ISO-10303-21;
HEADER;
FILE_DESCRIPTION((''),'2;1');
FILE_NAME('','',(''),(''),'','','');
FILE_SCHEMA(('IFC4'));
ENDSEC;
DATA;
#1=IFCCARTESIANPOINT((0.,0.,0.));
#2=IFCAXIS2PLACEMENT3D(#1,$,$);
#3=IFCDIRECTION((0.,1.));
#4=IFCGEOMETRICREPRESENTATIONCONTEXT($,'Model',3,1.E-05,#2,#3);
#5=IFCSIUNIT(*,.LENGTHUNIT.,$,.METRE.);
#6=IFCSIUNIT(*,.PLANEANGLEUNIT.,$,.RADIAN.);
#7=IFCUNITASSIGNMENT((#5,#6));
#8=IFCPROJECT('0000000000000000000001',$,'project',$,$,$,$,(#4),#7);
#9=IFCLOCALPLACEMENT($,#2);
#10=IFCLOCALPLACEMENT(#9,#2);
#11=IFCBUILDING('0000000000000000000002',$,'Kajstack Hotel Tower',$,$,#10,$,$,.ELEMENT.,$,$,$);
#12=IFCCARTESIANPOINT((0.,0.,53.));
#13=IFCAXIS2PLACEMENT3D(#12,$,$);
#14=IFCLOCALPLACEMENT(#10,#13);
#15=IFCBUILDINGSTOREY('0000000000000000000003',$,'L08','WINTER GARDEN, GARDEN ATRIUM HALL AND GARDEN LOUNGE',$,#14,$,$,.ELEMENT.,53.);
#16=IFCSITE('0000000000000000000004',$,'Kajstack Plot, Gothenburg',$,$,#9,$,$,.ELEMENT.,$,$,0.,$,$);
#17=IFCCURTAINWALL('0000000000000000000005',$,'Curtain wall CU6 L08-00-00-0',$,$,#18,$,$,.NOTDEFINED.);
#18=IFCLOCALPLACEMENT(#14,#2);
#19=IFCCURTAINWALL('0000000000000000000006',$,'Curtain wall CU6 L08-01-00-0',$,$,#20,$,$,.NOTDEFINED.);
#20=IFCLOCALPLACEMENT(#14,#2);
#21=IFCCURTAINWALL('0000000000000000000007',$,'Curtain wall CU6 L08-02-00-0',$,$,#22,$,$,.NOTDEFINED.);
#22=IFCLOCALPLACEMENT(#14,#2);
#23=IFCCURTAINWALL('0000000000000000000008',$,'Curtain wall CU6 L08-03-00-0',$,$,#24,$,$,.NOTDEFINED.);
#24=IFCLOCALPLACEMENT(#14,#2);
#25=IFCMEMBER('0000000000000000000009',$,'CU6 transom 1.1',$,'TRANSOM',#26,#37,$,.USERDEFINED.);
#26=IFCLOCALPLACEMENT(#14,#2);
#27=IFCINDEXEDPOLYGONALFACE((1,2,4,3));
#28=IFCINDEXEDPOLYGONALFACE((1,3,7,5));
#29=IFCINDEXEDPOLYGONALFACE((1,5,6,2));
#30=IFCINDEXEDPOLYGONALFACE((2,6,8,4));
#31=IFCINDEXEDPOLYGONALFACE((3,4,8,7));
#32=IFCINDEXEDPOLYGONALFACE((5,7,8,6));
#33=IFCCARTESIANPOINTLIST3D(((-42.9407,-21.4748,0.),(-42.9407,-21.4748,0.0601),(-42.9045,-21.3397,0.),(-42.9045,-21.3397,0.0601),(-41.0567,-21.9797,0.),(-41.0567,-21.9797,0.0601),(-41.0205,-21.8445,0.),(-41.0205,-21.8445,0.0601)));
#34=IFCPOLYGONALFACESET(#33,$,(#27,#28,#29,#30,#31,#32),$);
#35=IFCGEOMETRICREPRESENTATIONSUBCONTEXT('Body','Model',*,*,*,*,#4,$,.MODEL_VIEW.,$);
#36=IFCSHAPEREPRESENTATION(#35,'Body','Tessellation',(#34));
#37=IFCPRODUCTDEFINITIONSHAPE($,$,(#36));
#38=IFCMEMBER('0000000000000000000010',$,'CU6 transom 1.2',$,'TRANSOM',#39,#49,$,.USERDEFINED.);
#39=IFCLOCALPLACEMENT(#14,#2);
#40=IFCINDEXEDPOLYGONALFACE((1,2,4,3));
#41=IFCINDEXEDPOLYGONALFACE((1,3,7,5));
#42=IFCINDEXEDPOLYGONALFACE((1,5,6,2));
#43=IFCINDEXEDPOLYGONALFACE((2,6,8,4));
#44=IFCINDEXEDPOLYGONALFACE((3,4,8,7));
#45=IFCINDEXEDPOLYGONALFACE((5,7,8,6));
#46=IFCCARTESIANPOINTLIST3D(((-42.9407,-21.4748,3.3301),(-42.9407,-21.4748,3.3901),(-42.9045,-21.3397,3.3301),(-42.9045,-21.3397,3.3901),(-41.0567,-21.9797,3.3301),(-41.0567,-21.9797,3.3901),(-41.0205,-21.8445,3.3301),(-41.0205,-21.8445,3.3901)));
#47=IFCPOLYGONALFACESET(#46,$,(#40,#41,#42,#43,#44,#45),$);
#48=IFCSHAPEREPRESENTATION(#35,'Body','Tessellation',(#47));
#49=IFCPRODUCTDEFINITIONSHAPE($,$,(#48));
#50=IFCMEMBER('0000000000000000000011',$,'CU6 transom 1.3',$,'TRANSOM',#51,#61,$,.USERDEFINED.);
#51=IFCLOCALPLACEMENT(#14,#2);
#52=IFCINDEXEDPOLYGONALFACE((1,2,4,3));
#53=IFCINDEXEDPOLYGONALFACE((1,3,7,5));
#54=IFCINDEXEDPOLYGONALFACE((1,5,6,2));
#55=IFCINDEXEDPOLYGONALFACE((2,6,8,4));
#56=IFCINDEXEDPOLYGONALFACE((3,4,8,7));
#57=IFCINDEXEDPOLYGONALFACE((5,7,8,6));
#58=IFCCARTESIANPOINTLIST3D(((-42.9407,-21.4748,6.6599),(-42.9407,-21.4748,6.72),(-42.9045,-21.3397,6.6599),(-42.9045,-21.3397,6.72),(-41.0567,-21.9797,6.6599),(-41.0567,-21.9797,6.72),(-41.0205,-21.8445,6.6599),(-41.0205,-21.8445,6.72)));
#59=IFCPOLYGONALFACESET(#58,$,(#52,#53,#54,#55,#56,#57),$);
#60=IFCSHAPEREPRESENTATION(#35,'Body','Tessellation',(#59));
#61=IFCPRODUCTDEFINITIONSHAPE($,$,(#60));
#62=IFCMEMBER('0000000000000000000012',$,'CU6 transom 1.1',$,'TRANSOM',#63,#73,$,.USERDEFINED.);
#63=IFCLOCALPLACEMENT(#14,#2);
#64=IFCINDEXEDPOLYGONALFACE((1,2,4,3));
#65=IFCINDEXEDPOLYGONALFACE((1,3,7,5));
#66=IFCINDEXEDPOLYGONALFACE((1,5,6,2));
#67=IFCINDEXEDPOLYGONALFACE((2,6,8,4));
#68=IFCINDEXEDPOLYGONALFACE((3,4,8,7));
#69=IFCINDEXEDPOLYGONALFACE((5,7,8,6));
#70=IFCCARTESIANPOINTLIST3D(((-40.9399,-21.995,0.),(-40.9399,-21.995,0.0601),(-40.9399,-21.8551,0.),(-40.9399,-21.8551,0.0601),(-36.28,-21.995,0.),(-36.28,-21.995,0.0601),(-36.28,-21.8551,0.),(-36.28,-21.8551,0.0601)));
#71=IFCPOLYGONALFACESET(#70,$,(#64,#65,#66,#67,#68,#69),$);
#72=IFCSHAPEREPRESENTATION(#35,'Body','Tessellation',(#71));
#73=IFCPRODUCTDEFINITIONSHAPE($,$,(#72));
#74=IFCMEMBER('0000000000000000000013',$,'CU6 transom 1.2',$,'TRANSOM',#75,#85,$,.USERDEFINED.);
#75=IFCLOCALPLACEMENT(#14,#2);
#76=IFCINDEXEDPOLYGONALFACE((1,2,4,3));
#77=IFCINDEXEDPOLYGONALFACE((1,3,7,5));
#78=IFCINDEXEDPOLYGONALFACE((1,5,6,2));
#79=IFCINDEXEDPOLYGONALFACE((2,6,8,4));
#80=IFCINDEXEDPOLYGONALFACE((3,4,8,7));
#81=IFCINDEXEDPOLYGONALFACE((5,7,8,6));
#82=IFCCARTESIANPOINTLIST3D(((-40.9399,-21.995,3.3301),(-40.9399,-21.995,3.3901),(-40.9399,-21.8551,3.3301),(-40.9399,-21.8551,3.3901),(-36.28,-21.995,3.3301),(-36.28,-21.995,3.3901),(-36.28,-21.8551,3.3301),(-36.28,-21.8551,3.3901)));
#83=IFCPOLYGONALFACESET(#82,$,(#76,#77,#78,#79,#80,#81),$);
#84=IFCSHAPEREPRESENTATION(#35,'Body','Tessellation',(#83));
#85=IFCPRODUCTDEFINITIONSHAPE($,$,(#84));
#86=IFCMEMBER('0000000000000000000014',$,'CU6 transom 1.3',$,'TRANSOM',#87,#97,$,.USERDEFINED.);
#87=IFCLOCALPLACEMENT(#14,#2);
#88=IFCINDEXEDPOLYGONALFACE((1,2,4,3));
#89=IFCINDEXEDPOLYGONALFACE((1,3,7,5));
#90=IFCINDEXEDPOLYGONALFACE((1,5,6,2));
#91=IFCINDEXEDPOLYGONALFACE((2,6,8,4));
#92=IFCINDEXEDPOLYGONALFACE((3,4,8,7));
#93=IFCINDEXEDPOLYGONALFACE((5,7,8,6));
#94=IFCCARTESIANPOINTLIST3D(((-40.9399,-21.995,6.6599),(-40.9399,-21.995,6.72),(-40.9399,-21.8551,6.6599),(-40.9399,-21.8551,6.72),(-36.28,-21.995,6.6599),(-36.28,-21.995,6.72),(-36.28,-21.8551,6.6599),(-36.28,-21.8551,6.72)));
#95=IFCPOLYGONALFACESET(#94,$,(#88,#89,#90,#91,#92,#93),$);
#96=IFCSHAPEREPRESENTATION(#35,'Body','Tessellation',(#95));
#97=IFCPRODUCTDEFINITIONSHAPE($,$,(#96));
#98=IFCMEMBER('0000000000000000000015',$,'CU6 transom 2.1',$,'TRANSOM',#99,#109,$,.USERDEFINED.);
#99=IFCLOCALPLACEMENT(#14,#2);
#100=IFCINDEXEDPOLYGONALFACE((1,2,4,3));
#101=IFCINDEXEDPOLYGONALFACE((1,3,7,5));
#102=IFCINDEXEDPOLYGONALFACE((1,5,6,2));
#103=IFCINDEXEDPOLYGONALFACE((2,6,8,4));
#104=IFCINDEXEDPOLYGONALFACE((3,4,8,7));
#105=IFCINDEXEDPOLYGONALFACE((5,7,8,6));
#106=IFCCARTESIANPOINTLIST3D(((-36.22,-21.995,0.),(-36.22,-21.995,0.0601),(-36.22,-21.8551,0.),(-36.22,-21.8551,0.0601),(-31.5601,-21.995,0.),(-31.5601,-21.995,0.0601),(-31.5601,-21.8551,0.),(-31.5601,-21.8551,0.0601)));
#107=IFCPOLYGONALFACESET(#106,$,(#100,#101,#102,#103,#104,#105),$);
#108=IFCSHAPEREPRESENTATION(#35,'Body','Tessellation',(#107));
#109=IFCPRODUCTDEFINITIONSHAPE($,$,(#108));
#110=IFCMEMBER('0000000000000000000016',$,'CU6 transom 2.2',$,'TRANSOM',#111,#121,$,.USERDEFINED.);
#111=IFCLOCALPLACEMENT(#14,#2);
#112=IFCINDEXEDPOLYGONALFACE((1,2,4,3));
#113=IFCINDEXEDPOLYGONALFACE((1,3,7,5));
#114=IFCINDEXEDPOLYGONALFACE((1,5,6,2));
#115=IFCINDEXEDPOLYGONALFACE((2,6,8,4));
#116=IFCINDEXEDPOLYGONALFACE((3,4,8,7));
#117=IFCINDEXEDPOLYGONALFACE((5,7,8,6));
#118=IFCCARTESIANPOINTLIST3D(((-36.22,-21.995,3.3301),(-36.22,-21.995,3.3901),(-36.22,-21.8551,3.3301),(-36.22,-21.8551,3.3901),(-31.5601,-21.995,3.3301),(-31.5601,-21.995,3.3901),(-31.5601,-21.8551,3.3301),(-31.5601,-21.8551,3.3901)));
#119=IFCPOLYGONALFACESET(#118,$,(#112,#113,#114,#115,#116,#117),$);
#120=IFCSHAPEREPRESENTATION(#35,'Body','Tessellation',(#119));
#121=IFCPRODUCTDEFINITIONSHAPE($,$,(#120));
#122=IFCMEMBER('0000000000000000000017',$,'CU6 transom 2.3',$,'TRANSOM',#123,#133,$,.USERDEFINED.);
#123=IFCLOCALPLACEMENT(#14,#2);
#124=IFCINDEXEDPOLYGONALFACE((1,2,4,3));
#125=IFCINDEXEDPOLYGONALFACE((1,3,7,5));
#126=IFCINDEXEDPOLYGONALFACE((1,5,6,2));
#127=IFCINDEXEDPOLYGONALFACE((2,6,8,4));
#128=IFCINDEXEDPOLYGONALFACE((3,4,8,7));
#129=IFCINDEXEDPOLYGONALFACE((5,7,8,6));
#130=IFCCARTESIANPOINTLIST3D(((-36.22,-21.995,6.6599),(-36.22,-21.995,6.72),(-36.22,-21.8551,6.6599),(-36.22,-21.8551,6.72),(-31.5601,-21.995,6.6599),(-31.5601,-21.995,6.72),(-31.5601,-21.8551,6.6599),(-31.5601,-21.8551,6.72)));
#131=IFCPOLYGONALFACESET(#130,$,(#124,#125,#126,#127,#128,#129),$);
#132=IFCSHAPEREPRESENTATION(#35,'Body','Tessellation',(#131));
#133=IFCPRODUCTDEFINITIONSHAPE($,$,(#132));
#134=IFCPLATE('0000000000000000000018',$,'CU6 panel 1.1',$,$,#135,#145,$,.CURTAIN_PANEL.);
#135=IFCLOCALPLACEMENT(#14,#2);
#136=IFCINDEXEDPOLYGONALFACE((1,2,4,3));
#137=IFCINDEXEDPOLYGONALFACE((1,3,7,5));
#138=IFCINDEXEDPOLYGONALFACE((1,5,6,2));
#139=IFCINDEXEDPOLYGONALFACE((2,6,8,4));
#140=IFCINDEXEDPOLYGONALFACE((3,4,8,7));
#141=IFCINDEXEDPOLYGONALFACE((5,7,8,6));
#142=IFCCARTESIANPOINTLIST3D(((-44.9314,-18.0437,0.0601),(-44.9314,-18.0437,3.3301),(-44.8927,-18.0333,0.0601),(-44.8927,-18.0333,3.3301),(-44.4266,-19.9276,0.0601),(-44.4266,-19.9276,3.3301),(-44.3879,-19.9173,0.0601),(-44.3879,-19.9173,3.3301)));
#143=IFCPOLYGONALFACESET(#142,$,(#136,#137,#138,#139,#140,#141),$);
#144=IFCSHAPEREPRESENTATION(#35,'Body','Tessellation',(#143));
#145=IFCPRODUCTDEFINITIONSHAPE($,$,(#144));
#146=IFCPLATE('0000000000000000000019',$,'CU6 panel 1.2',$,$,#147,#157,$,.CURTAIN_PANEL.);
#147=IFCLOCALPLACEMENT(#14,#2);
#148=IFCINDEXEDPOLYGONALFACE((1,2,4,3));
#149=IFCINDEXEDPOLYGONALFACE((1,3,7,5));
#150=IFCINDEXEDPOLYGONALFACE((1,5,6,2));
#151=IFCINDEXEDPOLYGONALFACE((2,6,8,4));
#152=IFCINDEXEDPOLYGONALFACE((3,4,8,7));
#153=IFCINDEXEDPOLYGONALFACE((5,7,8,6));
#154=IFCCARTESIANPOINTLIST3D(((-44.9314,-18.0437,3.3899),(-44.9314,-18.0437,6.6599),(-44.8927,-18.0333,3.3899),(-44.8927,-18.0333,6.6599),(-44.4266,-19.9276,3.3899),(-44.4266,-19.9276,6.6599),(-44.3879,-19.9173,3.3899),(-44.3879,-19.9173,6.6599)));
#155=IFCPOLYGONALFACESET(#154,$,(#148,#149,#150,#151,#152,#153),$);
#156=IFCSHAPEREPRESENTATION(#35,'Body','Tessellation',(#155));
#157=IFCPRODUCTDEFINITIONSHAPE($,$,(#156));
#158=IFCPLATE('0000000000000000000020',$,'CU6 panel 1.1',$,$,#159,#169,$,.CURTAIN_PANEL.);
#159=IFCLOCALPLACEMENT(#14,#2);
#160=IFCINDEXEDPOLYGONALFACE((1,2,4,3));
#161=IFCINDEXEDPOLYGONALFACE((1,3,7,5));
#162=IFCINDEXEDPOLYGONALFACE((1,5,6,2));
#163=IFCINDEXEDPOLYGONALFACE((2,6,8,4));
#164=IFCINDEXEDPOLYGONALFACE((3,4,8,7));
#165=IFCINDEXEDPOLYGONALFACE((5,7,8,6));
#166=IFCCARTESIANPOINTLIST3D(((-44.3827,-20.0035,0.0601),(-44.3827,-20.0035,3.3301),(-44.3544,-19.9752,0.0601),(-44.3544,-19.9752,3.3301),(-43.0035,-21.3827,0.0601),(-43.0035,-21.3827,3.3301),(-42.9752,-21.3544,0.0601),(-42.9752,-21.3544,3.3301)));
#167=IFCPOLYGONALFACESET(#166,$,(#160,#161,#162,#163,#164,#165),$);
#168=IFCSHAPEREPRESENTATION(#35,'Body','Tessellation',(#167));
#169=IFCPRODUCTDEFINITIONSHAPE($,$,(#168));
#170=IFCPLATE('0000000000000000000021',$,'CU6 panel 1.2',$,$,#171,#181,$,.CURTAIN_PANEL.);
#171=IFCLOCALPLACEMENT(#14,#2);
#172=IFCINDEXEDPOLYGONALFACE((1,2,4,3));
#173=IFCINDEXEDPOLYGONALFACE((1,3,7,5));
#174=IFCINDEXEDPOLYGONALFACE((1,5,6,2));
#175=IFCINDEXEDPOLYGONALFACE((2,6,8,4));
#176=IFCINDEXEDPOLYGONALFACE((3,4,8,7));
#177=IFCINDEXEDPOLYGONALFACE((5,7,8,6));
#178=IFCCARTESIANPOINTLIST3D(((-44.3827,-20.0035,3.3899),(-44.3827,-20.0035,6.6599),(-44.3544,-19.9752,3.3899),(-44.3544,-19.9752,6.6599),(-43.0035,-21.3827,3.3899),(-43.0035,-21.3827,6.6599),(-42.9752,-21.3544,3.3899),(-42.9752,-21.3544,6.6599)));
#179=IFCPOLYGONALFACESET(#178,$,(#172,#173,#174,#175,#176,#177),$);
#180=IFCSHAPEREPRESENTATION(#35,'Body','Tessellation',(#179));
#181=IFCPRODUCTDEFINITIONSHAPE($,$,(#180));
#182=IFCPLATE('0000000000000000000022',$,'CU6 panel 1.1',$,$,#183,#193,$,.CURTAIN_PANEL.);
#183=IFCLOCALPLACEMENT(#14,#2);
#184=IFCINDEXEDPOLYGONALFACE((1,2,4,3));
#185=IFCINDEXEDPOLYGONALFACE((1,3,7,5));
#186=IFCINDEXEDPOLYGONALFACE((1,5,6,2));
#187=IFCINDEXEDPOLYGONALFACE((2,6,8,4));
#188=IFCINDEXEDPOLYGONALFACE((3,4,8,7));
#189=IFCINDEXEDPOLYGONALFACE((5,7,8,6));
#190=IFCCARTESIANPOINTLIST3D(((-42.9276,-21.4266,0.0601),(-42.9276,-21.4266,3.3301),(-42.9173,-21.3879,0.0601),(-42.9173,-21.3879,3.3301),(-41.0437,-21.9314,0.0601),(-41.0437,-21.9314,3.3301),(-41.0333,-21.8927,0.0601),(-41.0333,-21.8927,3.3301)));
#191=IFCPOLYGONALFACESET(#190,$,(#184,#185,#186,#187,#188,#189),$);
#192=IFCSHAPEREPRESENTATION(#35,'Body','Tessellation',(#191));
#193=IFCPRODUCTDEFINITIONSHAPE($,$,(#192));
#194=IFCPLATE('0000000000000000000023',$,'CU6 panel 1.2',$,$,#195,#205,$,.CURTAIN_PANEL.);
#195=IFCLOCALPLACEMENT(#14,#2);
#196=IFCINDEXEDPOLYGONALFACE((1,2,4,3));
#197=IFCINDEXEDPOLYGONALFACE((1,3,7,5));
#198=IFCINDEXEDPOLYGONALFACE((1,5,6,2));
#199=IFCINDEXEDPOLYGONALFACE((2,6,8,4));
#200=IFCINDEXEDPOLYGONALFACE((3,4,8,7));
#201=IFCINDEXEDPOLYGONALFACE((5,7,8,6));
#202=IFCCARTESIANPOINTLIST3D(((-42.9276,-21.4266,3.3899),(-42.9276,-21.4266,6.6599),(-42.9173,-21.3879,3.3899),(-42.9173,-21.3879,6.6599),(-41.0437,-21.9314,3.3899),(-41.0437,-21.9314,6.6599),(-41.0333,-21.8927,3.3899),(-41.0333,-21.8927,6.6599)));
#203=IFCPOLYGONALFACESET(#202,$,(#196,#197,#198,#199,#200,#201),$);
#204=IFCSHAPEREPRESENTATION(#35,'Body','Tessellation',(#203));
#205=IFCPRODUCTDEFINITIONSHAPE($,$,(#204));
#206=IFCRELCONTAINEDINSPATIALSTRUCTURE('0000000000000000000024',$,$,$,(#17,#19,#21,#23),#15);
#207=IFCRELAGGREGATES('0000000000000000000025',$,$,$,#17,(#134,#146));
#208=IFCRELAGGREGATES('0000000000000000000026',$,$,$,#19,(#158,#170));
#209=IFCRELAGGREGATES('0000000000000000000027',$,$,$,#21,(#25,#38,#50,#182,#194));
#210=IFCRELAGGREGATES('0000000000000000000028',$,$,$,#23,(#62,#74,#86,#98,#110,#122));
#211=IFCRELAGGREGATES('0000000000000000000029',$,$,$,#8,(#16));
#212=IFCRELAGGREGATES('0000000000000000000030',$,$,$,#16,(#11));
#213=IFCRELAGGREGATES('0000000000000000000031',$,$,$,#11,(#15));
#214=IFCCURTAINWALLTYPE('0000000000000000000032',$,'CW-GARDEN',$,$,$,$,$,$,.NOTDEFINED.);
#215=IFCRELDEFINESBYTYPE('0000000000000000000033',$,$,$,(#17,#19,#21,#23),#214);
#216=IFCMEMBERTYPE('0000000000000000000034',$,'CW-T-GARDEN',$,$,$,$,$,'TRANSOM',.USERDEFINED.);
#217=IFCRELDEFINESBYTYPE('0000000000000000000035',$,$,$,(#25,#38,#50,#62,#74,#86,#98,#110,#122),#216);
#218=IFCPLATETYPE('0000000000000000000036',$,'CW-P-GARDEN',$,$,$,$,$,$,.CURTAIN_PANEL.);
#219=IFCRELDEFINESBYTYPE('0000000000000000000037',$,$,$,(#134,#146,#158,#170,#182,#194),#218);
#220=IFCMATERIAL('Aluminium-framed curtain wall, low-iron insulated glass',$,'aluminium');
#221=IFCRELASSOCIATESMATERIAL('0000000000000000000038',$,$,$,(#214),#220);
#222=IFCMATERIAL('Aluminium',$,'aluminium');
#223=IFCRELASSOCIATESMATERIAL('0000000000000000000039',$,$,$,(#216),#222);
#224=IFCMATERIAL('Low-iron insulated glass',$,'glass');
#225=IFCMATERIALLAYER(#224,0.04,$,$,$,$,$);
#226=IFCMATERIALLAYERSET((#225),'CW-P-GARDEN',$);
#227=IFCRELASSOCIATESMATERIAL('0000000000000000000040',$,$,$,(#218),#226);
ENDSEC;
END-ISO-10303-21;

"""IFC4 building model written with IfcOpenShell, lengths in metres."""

from ifc_helpers import new_model, si_unit, direction, frame, origin, origin_2d, place, context, subcontext, project, spatial, rectangle, extrude, material, layer, layer_set, material_profile, profile_set, type_object, element, aggregate, save


model = new_model("IFC4")

# Units and contexts
model_context = context("Model", 3, precision=1e-05, world=origin(), true_north=direction((0.0, 1.0)))
body_context = subcontext(model_context, "Body", "Model", "MODEL_VIEW")
ifc_project = project(units=[si_unit("LENGTHUNIT", "METRE"), si_unit("PLANEANGLEUNIT", "RADIAN")], contexts=[model_context])

# Site, building, storey
site_placement = place(None, origin())
site = spatial("IfcSite", under=ifc_project, at=site_placement, Name="Kajstack Plot, Gothenburg", CompositionType="ELEMENT", RefElevation=0.0)
building_placement = place(site_placement, origin())
building = spatial("IfcBuilding", under=site, at=building_placement, Name="Kajstack Hotel Tower", CompositionType="ELEMENT")
storey_placement = place(building_placement, frame((0.0, 0.0, 53.0)))
storey = spatial("IfcBuildingStorey", under=building, at=storey_placement, Name="L08", Description="WINTER GARDEN, GARDEN ATRIUM HALL AND GARDEN LOUNGE", CompositionType="ELEMENT", Elevation=53.0)

# Curtain walls
ifc_material_1 = material(Name="Aluminium-framed curtain wall, low-iron insulated glass", Category="aluminium")
curtain_wall_type = type_object("IfcCurtainWallType", Name="CW-GARDEN", PredefinedType="NOTDEFINED", material=ifc_material_1)
curtain_wall_1_placement = place(storey_placement, origin())
curtain_wall_1 = element("IfcCurtainWall", 1, at=curtain_wall_1_placement, inside=storey, type_object=curtain_wall_type, Name="Curtain wall CU6 L08-00-00-0", PredefinedType="NOTDEFINED")
ifc_material_2 = material(Name="Aluminium", Category="aluminium")
curtain_wall_2_placement = place(storey_placement, origin())
curtain_wall_2 = element("IfcCurtainWall", 2, at=curtain_wall_2_placement, inside=storey, type_object=curtain_wall_type, Name="Curtain wall CU6 L08-01-00-0", PredefinedType="NOTDEFINED")
curtain_wall_3_placement = place(storey_placement, origin())
curtain_wall_3 = element("IfcCurtainWall", 3, at=curtain_wall_3_placement, inside=storey, type_object=curtain_wall_type, Name="Curtain wall CU6 L08-02-00-0", PredefinedType="NOTDEFINED")
curtain_wall_4_placement = place(storey_placement, origin())
curtain_wall_4 = element("IfcCurtainWall", 4, at=curtain_wall_4_placement, inside=storey, type_object=curtain_wall_type, Name="Curtain wall CU6 L08-03-00-0", PredefinedType="NOTDEFINED")

# Members
ifc_material_profile_1 = material_profile(ifc_material_2, rectangle(XDim=0.1399, YDim=0.0601, at=origin_2d()), Name="Aluminium transom 140 x 60")
ifc_profile_set_1 = profile_set([ifc_material_profile_1], Name="Aluminium")
member_type_1 = type_object("IfcMemberType", Name="CW-T-GARDEN", ElementType="TRANSOM", PredefinedType="USERDEFINED", material=ifc_profile_set_1)
member_1_placement = place(storey_placement, frame((-42.9226, -21.4072, 0.03), z_axis=(0.965918, -0.258847, 0.0), x_axis=(0.258847, 0.965918, 0.0)))
member_1 = element("IfcMember", 5, at=member_1_placement, type_object=member_type_1, Name="CU6 transom 1.1", ObjectType="TRANSOM", PredefinedType="USERDEFINED", context=body_context, shape_type="SweptSolid", body=[
    extrude(rectangle(XDim=0.1399, YDim=0.0601, at=origin_2d()), origin(), (0.0, 0.0, 1.0), 1.9504),
])
member_2_placement = place(storey_placement, frame((-42.9226, -21.4072, 3.3601), z_axis=(0.965918, -0.258847, 0.0), x_axis=(0.258847, 0.965918, 0.0)))
member_2 = element("IfcMember", 6, at=member_2_placement, type_object=member_type_1, Name="CU6 transom 1.2", ObjectType="TRANSOM", PredefinedType="USERDEFINED", context=body_context, shape_type="SweptSolid", body=[
    extrude(rectangle(XDim=0.1399, YDim=0.0601, at=origin_2d()), origin(), (0.0, 0.0, 1.0), 1.9504),
])
member_3_placement = place(storey_placement, frame((-42.9226, -21.4072, 6.6899), z_axis=(0.965918, -0.258847, 0.0), x_axis=(0.258847, 0.965918, 0.0)))
member_3 = element("IfcMember", 7, at=member_3_placement, type_object=member_type_1, Name="CU6 transom 1.3", ObjectType="TRANSOM", PredefinedType="USERDEFINED", context=body_context, shape_type="SweptSolid", body=[
    extrude(rectangle(XDim=0.1399, YDim=0.0601, at=origin_2d()), origin(), (0.0, 0.0, 1.0), 1.9504),
])
member_4_placement = place(storey_placement, frame((-40.9399, -21.925, 0.03), z_axis=(1.0, 0.0, 0.0), x_axis=(0.0, 1.0, 0.0)))
member_4 = element("IfcMember", 8, at=member_4_placement, type_object=member_type_1, Name="CU6 transom 1.1", ObjectType="TRANSOM", PredefinedType="USERDEFINED", context=body_context, shape_type="SweptSolid", body=[
    extrude(rectangle(XDim=0.1399, YDim=0.0601, at=origin_2d()), origin(), (0.0, 0.0, 1.0), 4.6599),
])
member_5_placement = place(storey_placement, frame((-40.9399, -21.925, 3.3601), z_axis=(1.0, 0.0, 0.0), x_axis=(0.0, 1.0, 0.0)))
member_5 = element("IfcMember", 9, at=member_5_placement, type_object=member_type_1, Name="CU6 transom 1.2", ObjectType="TRANSOM", PredefinedType="USERDEFINED", context=body_context, shape_type="SweptSolid", body=[
    extrude(rectangle(XDim=0.1399, YDim=0.0601, at=origin_2d()), origin(), (0.0, 0.0, 1.0), 4.6599),
])
member_6_placement = place(storey_placement, frame((-40.9399, -21.925, 6.6899), z_axis=(1.0, 0.0, 0.0), x_axis=(0.0, 1.0, 0.0)))
member_6 = element("IfcMember", 10, at=member_6_placement, type_object=member_type_1, Name="CU6 transom 1.3", ObjectType="TRANSOM", PredefinedType="USERDEFINED", context=body_context, shape_type="SweptSolid", body=[
    extrude(rectangle(XDim=0.1399, YDim=0.0601, at=origin_2d()), origin(), (0.0, 0.0, 1.0), 4.6599),
])
member_7_placement = place(storey_placement, frame((-36.22, -21.925, 0.03), z_axis=(1.0, 0.0, 0.0), x_axis=(0.0, 1.0, 0.0)))
member_7 = element("IfcMember", 11, at=member_7_placement, type_object=member_type_1, Name="CU6 transom 2.1", ObjectType="TRANSOM", PredefinedType="USERDEFINED", context=body_context, shape_type="SweptSolid", body=[
    extrude(rectangle(XDim=0.1399, YDim=0.0601, at=origin_2d()), origin(), (0.0, 0.0, 1.0), 4.6599),
])
member_8_placement = place(storey_placement, frame((-36.22, -21.925, 3.3601), z_axis=(1.0, 0.0, 0.0), x_axis=(0.0, 1.0, 0.0)))
member_8 = element("IfcMember", 12, at=member_8_placement, type_object=member_type_1, Name="CU6 transom 2.2", ObjectType="TRANSOM", PredefinedType="USERDEFINED", context=body_context, shape_type="SweptSolid", body=[
    extrude(rectangle(XDim=0.1399, YDim=0.0601, at=origin_2d()), origin(), (0.0, 0.0, 1.0), 4.6599),
])
member_9_placement = place(storey_placement, frame((-36.22, -21.925, 6.6899), z_axis=(1.0, 0.0, 0.0), x_axis=(0.0, 1.0, 0.0)))
member_9 = element("IfcMember", 13, at=member_9_placement, type_object=member_type_1, Name="CU6 transom 2.3", ObjectType="TRANSOM", PredefinedType="USERDEFINED", context=body_context, shape_type="SweptSolid", body=[
    extrude(rectangle(XDim=0.1399, YDim=0.0601, at=origin_2d()), origin(), (0.0, 0.0, 1.0), 4.6599),
])

# Plates
ifc_material_3 = material(Name="Low-iron insulated glass", Category="glass")
ifc_layer = layer(ifc_material_3, 0.04)
ifc_layer_set = layer_set([ifc_layer], Name="CW-P-GARDEN")
plate_type = type_object("IfcPlateType", Name="CW-P-GARDEN", PredefinedType="CURTAIN_PANEL", material=ifc_layer_set)
plate_1_placement = place(storey_placement, frame((-44.6597, -18.9805, 0.0601), z_axis=(0.0, 0.0, 1.0), x_axis=(0.25882, -0.965926, 0.0)))
plate_1 = element("IfcPlate", 14, at=plate_1_placement, type_object=plate_type, Name="CU6 panel 1.1", PredefinedType="CURTAIN_PANEL", context=body_context, shape_type="SweptSolid", body=[
    extrude(rectangle(XDim=1.9504, YDim=0.04, at=origin_2d()), origin(), (0.0, 0.0, 1.0), 3.27),
])
plate_2_placement = place(storey_placement, frame((-44.6597, -18.9805, 3.3899), z_axis=(0.0, 0.0, 1.0), x_axis=(0.25882, -0.965926, 0.0)))
plate_2 = element("IfcPlate", 15, at=plate_2_placement, type_object=plate_type, Name="CU6 panel 1.2", PredefinedType="CURTAIN_PANEL", context=body_context, shape_type="SweptSolid", body=[
    extrude(rectangle(XDim=1.9504, YDim=0.04, at=origin_2d()), origin(), (0.0, 0.0, 1.0), 3.27),
])
aggregate(curtain_wall_1, [plate_1, plate_2])
plate_3_placement = place(storey_placement, frame((-43.679, -20.679, 0.0601), z_axis=(0.0, 0.0, 1.0), x_axis=(0.707107, -0.707107, 0.0)))
plate_3 = element("IfcPlate", 16, at=plate_3_placement, type_object=plate_type, Name="CU6 panel 1.1", PredefinedType="CURTAIN_PANEL", context=body_context, shape_type="SweptSolid", body=[
    extrude(rectangle(XDim=1.9504, YDim=0.04, at=origin_2d()), origin(), (0.0, 0.0, 1.0), 3.27),
])
plate_4_placement = place(storey_placement, frame((-43.679, -20.679, 3.3899), z_axis=(0.0, 0.0, 1.0), x_axis=(0.707107, -0.707107, 0.0)))
plate_4 = element("IfcPlate", 17, at=plate_4_placement, type_object=plate_type, Name="CU6 panel 1.2", PredefinedType="CURTAIN_PANEL", context=body_context, shape_type="SweptSolid", body=[
    extrude(rectangle(XDim=1.9504, YDim=0.04, at=origin_2d()), origin(), (0.0, 0.0, 1.0), 3.27),
])
aggregate(curtain_wall_2, [plate_3, plate_4])
plate_5_placement = place(storey_placement, frame((-41.9805, -21.6597, 0.0601), z_axis=(0.0, 0.0, 1.0), x_axis=(0.965926, -0.25882, 0.0)))
plate_5 = element("IfcPlate", 18, at=plate_5_placement, type_object=plate_type, Name="CU6 panel 1.1", PredefinedType="CURTAIN_PANEL", context=body_context, shape_type="SweptSolid", body=[
    extrude(rectangle(XDim=1.9504, YDim=0.04, at=origin_2d()), origin(), (0.0, 0.0, 1.0), 3.27),
])
plate_6_placement = place(storey_placement, frame((-41.9805, -21.6597, 3.3899), z_axis=(0.0, 0.0, 1.0), x_axis=(0.965926, -0.25882, 0.0)))
plate_6 = element("IfcPlate", 19, at=plate_6_placement, type_object=plate_type, Name="CU6 panel 1.2", PredefinedType="CURTAIN_PANEL", context=body_context, shape_type="SweptSolid", body=[
    extrude(rectangle(XDim=1.9504, YDim=0.04, at=origin_2d()), origin(), (0.0, 0.0, 1.0), 3.27),
])
aggregate(curtain_wall_3, [member_1, member_2, member_3, plate_5, plate_6])
aggregate(curtain_wall_4, [member_4, member_5, member_6, member_7, member_8, member_9])

save(model, "model.ifc")
